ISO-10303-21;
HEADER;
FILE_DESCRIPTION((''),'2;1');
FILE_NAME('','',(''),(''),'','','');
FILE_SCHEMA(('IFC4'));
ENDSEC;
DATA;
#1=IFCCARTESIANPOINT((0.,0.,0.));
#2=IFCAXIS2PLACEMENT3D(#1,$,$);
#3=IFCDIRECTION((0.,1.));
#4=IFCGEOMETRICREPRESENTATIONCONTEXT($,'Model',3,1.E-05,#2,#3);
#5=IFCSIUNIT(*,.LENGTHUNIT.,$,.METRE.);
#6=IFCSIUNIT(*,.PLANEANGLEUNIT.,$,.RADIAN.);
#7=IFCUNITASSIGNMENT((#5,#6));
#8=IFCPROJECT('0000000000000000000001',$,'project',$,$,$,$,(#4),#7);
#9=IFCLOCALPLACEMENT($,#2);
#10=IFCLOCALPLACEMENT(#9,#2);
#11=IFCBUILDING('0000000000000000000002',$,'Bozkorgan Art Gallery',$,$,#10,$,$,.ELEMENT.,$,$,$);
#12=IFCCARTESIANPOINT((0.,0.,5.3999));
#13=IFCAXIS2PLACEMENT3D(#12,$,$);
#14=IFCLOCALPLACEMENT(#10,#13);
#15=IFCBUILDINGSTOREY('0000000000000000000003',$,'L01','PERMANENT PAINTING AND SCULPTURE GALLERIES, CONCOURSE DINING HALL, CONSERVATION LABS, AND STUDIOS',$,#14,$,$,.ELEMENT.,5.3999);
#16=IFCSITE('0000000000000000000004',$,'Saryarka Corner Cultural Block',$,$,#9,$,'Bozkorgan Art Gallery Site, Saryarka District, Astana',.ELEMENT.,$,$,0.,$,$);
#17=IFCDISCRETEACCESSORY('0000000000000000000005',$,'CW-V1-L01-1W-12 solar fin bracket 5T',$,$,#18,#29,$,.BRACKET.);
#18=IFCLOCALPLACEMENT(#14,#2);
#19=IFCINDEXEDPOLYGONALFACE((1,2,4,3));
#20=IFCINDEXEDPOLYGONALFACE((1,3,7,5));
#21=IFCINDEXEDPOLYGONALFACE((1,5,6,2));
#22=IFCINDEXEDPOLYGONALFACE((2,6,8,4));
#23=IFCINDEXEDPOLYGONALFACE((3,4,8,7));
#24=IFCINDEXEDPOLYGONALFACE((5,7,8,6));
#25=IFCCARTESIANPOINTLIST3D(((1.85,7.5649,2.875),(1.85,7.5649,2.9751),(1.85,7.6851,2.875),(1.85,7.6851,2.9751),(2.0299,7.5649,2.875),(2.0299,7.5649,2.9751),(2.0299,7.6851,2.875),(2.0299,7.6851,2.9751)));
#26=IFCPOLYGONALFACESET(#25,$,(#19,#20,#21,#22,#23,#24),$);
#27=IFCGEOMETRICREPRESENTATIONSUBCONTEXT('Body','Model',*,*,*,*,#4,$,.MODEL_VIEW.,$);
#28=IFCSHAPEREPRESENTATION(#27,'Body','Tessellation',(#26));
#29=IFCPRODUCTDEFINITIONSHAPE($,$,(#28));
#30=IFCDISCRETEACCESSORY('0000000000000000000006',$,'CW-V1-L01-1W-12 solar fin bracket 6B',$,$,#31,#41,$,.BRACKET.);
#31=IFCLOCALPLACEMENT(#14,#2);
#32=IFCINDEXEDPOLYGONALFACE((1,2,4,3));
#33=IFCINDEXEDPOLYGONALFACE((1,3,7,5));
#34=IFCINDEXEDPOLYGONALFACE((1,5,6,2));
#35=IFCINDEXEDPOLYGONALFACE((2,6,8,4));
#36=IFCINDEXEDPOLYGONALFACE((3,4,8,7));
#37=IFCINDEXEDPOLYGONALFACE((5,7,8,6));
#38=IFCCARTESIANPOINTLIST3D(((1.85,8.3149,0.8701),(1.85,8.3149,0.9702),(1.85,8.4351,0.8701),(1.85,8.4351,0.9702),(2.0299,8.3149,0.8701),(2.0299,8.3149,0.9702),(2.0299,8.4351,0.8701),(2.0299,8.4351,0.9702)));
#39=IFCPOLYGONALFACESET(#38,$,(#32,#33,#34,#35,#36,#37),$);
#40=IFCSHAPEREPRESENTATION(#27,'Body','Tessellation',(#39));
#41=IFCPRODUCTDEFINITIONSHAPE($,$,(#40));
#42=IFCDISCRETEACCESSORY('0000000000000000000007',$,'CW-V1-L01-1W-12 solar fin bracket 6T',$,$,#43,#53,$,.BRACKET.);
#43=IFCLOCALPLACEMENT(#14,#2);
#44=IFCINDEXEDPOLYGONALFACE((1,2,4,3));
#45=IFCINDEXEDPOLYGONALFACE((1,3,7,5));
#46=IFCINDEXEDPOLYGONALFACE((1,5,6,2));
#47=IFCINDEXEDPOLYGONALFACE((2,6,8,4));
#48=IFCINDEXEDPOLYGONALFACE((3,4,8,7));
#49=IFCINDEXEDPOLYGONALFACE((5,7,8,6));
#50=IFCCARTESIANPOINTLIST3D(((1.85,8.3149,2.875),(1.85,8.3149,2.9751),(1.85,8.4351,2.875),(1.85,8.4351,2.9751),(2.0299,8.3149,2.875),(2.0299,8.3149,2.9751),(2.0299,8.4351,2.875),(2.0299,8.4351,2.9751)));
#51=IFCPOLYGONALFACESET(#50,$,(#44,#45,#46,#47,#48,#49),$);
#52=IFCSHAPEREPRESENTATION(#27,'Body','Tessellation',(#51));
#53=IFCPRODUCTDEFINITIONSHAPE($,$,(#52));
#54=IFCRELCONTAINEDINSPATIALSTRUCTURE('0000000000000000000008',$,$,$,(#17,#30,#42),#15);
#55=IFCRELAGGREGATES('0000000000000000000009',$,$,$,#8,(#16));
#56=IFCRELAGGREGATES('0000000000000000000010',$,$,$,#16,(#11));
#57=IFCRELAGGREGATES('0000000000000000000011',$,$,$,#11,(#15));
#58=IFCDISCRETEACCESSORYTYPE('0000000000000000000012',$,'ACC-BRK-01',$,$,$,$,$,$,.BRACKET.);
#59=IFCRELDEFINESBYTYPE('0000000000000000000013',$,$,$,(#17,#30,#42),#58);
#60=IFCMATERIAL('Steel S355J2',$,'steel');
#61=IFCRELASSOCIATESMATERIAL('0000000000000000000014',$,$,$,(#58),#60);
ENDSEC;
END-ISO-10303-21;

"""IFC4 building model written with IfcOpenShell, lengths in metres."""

from ifc_helpers import new_model, si_unit, direction, frame, origin, origin_2d, place, context, subcontext, project, spatial, rectangle, extrude, material, type_object, element, save


model = new_model("IFC4")

# Units and contexts
model_context = context("Model", 3, precision=1e-05, world=origin(), true_north=direction((0.0, 1.0)))
body_context = subcontext(model_context, "Body", "Model", "MODEL_VIEW")
ifc_project = project(units=[si_unit("LENGTHUNIT", "METRE"), si_unit("PLANEANGLEUNIT", "RADIAN")], contexts=[model_context])

# Site, building, storey
site_placement = place(None, origin())
site = spatial("IfcSite", under=ifc_project, at=site_placement, Name="Saryarka Corner Cultural Block", LongName="Bozkorgan Art Gallery Site, Saryarka District, Astana", CompositionType="ELEMENT", RefElevation=0.0)
building_placement = place(site_placement, origin())
building = spatial("IfcBuilding", under=site, at=building_placement, Name="Bozkorgan Art Gallery", CompositionType="ELEMENT")
storey_placement = place(building_placement, frame((0.0, 0.0, 5.3999)))
storey = spatial("IfcBuildingStorey", under=building, at=storey_placement, Name="L01", Description="PERMANENT PAINTING AND SCULPTURE GALLERIES, CONCOURSE DINING HALL, CONSERVATION LABS, AND STUDIOS", CompositionType="ELEMENT", Elevation=5.3999)

# Discrete accessories
ifc_material_1 = material(Name="Steel S355J2", Category="steel")
discrete_accessory_type = type_object("IfcDiscreteAccessoryType", Name="ACC-BRK-01", PredefinedType="BRACKET", material=ifc_material_1)
for number, where, z_axis, x_axis, name in (
    (1, (1.9399, 7.625, 2.875), (0.0, 0.0, 1.0), (-1.0, 0.0, 0.0), "CW-V1-L01-1W-12 solar fin bracket 5T"),
    (2, (1.9399, 8.375, 0.8701), (0.0, 0.0, 1.0), (-1.0, 0.0, 0.0), "CW-V1-L01-1W-12 solar fin bracket 6B"),
    (3, (1.9399, 8.375, 2.875), (0.0, 0.0, 1.0), (-1.0, 0.0, 0.0), "CW-V1-L01-1W-12 solar fin bracket 6T"),
):
    element("IfcDiscreteAccessory", number, at=place(storey_placement, frame(where, z_axis=z_axis, x_axis=x_axis)), inside=storey, type_object=discrete_accessory_type, Name=name, PredefinedType="BRACKET", context=body_context, shape_type="SweptSolid", body=[
        extrude(rectangle(XDim=0.1799, YDim=0.1201, at=origin_2d()), origin(), (0.0, 0.0, 1.0), 0.1001),
    ])

save(model, "model.ifc")
